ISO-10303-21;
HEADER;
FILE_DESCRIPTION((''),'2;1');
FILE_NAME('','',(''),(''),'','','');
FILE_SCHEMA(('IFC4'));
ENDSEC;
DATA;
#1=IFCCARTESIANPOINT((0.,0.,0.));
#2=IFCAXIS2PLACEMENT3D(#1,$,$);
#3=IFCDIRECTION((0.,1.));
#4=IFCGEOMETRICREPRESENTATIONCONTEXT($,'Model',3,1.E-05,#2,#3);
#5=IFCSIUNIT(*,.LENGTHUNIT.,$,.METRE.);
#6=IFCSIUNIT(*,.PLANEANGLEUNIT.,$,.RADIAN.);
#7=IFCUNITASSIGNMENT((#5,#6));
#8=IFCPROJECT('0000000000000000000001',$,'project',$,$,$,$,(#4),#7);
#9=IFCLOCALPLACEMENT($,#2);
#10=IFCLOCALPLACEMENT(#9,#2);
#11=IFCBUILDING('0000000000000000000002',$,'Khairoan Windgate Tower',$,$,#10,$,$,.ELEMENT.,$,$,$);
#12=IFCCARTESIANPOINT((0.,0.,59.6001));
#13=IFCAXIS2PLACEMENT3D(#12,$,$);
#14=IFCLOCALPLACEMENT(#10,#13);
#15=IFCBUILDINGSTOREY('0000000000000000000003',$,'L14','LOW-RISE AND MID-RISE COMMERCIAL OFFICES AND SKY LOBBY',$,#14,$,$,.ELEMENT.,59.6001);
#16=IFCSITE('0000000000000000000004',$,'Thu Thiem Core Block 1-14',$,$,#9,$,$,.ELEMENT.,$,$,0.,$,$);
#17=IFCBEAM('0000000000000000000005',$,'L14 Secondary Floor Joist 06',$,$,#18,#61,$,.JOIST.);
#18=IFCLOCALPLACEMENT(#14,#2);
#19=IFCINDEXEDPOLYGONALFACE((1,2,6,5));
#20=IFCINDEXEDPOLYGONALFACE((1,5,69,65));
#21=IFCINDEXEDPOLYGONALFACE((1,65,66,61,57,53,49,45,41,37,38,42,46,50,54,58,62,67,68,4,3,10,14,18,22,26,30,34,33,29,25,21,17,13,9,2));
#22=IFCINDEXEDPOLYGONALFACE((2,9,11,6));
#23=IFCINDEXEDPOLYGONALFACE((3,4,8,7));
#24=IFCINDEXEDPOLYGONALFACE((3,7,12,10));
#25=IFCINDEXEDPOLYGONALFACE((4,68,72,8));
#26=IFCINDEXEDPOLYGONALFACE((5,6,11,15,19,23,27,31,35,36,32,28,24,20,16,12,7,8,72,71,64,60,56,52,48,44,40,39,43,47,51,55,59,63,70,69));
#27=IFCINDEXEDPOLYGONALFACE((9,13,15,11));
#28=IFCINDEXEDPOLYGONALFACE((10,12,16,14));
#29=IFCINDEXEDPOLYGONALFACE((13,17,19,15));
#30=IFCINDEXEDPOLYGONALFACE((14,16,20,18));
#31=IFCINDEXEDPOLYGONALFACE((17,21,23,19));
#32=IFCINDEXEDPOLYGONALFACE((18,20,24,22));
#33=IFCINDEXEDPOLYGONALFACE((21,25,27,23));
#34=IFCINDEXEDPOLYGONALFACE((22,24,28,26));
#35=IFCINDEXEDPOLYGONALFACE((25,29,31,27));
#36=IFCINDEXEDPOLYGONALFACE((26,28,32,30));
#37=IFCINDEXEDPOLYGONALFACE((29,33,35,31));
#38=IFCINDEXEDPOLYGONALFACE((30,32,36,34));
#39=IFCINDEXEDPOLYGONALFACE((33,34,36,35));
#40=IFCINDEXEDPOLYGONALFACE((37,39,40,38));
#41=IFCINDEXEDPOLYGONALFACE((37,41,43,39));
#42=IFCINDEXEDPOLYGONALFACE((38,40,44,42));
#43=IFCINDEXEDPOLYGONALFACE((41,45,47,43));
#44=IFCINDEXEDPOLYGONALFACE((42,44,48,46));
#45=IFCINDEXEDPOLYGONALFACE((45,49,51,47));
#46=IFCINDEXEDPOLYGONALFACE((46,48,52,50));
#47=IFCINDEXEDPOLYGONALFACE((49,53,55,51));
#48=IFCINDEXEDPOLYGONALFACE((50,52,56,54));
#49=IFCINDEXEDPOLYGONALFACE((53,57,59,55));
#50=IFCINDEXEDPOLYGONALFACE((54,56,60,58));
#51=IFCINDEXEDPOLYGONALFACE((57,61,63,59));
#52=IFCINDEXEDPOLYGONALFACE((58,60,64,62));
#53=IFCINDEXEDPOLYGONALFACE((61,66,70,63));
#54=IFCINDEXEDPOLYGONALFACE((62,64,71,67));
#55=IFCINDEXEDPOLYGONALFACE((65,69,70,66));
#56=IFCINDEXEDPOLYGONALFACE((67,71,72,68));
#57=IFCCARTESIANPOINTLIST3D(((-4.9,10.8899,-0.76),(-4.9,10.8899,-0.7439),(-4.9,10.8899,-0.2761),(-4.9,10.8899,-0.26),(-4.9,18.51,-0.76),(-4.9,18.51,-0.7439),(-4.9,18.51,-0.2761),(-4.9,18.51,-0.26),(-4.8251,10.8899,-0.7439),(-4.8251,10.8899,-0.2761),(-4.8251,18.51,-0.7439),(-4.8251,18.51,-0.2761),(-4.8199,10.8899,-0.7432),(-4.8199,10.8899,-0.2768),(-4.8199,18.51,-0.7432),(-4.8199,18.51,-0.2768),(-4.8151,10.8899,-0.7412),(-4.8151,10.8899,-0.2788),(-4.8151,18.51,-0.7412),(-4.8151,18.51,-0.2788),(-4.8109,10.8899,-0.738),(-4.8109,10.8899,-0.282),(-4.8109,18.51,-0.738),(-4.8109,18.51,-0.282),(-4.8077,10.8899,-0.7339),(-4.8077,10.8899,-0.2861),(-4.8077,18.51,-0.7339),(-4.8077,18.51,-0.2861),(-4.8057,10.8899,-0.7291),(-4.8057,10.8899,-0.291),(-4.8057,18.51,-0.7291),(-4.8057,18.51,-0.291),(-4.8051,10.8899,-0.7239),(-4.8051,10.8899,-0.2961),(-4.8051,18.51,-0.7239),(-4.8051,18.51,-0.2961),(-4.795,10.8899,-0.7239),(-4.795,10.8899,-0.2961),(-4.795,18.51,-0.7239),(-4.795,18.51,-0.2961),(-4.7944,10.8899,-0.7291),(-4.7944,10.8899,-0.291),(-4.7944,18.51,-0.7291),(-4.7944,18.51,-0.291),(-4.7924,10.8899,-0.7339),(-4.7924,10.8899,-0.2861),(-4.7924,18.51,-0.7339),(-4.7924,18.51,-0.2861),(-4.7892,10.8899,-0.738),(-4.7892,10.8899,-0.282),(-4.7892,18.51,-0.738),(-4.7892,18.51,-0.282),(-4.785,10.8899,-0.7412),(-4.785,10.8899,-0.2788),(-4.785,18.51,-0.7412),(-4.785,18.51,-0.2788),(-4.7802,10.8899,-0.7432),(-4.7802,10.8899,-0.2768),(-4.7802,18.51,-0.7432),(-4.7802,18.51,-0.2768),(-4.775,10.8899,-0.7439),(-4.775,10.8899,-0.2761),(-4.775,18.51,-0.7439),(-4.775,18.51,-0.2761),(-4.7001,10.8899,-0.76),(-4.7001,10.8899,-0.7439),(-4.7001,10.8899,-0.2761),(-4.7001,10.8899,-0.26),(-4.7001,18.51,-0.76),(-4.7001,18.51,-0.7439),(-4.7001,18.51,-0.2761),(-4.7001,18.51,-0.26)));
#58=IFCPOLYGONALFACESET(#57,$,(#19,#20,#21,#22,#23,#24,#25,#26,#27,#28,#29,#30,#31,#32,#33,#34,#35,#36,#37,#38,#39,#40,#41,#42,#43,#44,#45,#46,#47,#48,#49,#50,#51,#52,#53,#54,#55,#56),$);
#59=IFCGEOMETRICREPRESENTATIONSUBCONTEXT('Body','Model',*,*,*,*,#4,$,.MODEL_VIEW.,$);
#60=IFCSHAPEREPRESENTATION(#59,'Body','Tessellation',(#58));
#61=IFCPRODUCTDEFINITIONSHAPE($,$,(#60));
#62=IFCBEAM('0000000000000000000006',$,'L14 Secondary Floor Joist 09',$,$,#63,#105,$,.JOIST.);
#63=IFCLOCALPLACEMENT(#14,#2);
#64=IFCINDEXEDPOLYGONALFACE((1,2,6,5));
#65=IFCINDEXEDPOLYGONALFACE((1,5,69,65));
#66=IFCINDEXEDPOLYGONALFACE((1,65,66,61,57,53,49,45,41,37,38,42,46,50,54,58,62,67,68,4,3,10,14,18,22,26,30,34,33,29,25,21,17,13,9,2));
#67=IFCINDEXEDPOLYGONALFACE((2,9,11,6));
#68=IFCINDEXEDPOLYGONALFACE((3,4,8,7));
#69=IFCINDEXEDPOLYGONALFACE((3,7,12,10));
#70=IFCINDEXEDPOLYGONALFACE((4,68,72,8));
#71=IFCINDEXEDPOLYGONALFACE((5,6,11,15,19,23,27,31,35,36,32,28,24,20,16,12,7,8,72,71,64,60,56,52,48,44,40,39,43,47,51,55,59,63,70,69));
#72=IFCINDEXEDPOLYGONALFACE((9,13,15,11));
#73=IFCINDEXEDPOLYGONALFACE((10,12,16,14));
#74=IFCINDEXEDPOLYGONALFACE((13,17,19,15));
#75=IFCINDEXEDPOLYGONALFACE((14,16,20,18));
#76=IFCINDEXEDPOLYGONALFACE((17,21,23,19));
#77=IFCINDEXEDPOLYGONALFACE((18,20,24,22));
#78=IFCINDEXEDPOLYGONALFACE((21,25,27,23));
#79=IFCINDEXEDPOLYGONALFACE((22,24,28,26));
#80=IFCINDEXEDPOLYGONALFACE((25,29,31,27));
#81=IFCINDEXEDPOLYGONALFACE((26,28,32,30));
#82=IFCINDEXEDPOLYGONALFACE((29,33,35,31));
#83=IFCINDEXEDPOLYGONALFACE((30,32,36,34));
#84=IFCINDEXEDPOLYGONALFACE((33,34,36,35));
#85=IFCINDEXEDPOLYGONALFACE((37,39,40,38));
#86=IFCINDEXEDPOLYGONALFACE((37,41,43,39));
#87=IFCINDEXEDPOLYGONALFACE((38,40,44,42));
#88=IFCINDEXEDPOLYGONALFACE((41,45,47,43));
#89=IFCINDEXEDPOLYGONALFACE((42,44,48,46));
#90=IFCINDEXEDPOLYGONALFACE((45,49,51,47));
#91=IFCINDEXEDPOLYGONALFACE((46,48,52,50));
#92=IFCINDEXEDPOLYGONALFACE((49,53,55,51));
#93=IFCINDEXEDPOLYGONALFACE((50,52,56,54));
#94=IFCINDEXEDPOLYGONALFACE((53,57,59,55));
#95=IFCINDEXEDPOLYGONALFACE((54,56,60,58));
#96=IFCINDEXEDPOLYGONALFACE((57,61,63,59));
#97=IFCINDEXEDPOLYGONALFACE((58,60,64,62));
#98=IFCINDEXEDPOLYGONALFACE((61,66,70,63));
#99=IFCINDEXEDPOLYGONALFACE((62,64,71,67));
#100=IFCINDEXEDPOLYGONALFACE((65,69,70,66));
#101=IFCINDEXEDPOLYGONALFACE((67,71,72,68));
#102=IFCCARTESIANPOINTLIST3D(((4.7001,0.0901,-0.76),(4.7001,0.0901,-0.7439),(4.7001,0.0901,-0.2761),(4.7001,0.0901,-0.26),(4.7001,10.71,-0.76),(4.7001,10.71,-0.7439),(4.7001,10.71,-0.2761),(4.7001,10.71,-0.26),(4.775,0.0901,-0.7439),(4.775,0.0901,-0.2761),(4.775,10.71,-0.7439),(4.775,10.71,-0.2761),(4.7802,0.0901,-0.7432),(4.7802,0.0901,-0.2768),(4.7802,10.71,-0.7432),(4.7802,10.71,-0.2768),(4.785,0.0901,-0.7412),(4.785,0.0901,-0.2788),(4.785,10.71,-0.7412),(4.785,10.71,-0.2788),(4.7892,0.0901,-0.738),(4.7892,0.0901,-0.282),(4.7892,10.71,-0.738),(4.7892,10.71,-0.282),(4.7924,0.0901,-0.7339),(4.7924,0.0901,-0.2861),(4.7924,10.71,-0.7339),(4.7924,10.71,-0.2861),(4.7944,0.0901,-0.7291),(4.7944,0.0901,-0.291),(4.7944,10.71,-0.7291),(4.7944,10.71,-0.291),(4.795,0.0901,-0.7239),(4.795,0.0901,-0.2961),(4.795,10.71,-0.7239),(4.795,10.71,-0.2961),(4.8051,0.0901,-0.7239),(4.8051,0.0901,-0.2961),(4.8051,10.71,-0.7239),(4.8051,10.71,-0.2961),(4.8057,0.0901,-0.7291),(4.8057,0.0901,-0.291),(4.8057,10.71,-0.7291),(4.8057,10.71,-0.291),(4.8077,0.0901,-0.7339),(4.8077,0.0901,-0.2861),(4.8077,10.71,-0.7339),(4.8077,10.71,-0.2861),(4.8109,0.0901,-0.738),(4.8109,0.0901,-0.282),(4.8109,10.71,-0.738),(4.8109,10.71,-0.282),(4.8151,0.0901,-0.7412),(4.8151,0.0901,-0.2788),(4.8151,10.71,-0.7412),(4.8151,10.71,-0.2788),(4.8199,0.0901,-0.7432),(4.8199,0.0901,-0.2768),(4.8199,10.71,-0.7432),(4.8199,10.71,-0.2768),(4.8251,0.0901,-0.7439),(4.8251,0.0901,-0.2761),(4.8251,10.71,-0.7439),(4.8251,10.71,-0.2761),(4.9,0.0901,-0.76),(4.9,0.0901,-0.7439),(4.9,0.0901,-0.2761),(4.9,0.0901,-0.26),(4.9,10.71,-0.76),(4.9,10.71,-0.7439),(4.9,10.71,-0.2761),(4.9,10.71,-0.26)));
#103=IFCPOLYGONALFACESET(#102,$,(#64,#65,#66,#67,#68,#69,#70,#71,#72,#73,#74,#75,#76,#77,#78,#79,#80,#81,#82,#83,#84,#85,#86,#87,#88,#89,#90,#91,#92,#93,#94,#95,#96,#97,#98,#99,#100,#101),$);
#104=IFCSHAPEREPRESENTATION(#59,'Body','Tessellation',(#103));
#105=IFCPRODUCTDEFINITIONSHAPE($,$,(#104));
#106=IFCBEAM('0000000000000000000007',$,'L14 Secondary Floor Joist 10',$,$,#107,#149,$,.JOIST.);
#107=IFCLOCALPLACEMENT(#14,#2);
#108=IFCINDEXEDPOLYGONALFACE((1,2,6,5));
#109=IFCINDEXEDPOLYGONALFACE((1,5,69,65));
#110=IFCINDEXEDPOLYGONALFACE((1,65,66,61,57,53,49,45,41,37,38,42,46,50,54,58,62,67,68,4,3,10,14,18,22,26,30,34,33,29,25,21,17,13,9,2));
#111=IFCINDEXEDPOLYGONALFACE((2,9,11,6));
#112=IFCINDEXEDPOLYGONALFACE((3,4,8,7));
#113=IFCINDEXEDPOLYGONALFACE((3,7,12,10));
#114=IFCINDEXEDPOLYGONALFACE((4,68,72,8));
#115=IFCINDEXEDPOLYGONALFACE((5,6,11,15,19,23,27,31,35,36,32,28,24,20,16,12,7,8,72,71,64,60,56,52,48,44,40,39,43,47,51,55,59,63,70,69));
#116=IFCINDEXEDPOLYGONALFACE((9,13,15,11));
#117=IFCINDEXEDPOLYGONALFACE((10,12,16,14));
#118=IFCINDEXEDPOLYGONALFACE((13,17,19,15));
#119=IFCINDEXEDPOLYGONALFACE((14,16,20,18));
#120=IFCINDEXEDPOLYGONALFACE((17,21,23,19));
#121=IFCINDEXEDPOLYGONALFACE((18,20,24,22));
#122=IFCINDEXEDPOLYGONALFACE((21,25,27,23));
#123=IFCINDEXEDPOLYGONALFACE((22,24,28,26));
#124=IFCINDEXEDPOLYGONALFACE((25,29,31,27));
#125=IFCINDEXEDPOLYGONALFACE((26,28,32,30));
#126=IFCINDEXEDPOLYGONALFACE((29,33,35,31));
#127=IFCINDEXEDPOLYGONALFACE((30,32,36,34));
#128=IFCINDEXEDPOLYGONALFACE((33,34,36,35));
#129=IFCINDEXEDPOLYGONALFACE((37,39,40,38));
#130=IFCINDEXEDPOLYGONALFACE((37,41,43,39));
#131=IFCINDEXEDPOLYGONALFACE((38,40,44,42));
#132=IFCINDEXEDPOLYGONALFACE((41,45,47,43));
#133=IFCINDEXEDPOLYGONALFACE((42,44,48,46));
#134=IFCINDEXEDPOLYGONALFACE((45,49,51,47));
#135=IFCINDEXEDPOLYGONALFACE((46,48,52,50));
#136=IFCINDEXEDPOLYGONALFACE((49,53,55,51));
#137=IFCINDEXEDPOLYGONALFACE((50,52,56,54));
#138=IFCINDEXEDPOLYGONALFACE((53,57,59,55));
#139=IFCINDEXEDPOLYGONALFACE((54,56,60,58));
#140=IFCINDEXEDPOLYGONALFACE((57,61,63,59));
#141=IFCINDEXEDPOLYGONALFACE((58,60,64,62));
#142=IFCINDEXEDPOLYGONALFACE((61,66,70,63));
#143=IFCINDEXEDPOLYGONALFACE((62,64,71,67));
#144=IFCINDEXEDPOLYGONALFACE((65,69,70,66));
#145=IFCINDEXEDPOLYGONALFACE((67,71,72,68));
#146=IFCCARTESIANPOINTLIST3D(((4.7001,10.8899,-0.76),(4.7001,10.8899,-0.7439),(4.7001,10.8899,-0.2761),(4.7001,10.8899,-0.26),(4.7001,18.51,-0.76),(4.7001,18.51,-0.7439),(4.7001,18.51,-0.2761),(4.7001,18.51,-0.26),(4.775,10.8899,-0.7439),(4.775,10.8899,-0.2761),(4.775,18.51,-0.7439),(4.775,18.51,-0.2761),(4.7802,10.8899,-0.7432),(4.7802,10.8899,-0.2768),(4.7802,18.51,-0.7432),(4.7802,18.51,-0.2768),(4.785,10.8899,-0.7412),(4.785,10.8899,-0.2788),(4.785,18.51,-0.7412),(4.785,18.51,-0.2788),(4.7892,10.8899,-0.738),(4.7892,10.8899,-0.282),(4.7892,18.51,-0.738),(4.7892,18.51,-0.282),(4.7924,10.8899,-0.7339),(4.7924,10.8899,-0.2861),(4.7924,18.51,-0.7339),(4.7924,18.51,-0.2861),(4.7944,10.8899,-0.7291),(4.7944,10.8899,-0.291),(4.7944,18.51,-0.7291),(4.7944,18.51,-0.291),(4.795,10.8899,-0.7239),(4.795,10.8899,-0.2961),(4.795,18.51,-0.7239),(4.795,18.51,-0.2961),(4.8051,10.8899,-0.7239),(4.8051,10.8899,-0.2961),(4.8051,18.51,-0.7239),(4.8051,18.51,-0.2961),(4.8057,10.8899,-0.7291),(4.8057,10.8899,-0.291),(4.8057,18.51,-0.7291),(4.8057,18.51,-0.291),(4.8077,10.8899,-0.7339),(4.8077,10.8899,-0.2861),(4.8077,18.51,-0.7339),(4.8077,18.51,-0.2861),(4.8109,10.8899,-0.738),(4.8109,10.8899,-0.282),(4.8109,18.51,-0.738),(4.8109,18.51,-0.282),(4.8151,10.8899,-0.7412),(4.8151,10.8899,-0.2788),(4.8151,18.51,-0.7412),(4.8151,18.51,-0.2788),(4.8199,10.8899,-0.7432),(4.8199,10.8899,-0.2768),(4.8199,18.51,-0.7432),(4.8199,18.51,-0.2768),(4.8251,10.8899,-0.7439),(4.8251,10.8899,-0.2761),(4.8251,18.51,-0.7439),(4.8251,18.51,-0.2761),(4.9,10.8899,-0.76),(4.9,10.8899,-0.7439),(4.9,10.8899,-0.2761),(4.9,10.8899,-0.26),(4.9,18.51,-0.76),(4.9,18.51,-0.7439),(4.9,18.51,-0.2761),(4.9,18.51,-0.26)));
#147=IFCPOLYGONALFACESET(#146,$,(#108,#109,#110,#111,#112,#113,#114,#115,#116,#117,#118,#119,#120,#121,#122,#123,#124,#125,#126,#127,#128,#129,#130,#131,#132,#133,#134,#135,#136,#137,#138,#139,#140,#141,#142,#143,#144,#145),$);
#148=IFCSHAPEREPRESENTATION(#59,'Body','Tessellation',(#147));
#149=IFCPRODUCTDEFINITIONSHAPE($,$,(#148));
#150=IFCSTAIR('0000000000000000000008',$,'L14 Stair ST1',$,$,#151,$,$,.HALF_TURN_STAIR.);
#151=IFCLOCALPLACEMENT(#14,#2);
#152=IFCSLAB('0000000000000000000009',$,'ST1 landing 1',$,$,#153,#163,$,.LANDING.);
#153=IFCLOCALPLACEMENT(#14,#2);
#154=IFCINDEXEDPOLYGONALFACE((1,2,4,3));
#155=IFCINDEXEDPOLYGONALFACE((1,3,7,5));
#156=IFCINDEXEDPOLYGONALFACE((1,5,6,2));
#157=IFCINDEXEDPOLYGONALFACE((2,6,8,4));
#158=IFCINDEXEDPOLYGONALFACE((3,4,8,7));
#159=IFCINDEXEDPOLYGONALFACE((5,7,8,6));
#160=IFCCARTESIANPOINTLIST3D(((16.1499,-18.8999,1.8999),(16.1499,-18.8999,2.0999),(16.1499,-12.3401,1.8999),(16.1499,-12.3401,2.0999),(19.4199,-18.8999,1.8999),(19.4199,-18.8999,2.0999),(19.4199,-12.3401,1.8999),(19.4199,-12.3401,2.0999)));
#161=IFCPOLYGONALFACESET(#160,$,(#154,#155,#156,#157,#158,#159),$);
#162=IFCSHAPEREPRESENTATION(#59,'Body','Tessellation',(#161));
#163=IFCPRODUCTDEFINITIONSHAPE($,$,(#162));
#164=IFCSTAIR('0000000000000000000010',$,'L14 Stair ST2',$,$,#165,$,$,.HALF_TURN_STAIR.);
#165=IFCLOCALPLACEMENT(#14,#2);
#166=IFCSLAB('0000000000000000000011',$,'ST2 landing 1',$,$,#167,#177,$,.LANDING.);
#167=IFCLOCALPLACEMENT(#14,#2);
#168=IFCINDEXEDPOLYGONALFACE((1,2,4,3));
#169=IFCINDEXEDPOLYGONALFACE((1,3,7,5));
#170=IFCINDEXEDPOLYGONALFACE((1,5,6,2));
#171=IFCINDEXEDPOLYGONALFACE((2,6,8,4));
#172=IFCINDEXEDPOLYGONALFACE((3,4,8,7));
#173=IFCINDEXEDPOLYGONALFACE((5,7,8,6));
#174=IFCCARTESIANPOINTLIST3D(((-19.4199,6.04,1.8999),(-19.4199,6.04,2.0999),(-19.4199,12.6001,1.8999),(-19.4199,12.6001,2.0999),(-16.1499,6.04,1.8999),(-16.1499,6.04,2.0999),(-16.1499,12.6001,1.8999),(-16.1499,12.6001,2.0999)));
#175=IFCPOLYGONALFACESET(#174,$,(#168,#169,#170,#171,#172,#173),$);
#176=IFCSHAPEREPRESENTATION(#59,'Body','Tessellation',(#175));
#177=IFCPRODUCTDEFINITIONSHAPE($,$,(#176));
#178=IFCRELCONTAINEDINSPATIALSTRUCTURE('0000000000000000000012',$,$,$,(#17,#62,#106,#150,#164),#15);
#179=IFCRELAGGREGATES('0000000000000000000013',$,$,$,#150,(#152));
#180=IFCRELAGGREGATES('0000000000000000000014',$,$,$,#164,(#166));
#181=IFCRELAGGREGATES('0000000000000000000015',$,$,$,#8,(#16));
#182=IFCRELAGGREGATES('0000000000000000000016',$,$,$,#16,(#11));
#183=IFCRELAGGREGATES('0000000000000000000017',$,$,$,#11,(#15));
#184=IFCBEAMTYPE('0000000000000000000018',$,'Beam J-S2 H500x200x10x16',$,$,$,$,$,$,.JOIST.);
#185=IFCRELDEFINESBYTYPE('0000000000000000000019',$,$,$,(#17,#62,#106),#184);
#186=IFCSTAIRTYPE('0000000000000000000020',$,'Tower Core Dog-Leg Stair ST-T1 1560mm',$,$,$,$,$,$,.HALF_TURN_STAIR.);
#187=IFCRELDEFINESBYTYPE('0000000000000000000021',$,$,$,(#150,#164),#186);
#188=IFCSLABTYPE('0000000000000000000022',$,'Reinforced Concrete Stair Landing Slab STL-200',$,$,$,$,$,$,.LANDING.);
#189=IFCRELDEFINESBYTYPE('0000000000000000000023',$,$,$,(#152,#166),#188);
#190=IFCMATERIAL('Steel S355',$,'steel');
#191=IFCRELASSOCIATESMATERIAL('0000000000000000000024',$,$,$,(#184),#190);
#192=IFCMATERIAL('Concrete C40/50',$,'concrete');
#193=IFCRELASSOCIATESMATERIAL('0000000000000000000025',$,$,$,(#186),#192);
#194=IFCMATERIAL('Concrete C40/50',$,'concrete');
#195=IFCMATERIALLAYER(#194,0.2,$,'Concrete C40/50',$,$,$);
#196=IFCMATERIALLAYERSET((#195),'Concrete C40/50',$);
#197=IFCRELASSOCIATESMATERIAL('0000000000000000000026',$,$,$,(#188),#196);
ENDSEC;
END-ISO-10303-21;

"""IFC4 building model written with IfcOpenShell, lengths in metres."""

from ifc_helpers import new_model, si_unit, direction, frame, origin, origin_2d, place, context, subcontext, project, spatial, polyline, i_section, outline, extrude, material, layer, layer_set, material_profile, profile_set, type_object, element, aggregate, save


model = new_model("IFC4")

# Units and contexts
model_context = context("Model", 3, precision=1e-05, world=origin(), true_north=direction((0.0, 1.0)))
body_context = subcontext(model_context, "Body", "Model", "MODEL_VIEW")
ifc_project = project(units=[si_unit("LENGTHUNIT", "METRE"), si_unit("PLANEANGLEUNIT", "RADIAN")], contexts=[model_context])

# Site, building, storey
site_placement = place(None, origin())
site = spatial("IfcSite", under=ifc_project, at=site_placement, Name="Thu Thiem Core Block 1-14", CompositionType="ELEMENT", RefElevation=0.0)
building_placement = place(site_placement, origin())
building = spatial("IfcBuilding", under=site, at=building_placement, Name="Khairoan Windgate Tower", CompositionType="ELEMENT")
storey_placement = place(building_placement, frame((0.0, 0.0, 59.6001)))
storey = spatial("IfcBuildingStorey", under=building, at=storey_placement, Name="L14", Description="LOW-RISE AND MID-RISE COMMERCIAL OFFICES AND SKY LOBBY", CompositionType="ELEMENT", Elevation=59.6001)

# Beams
ifc_material_1 = material(Name="Steel S355", Category="steel")
ifc_material_profile_1 = material_profile(ifc_material_1, i_section(OverallWidth=0.2, OverallDepth=0.5, WebThickness=0.01, FlangeThickness=0.0161, FilletRadius=0.02, at=origin_2d()))
ifc_profile_set_1 = profile_set([ifc_material_profile_1], Name="Steel S355")
beam_type_1 = type_object("IfcBeamType", Name="Beam J-S2 H500x200x10x16", PredefinedType="JOIST", material=ifc_profile_set_1)
beam_1_placement = place(storey_placement, frame((-4.8, 10.8899, -0.51), z_axis=(0.0, 1.0, 0.0), x_axis=(-1.0, 0.0, 0.0)))
element("IfcBeam", 1, at=beam_1_placement, inside=storey, type_object=beam_type_1, Name="L14 Secondary Floor Joist 06", PredefinedType="JOIST", context=body_context, shape_type="SweptSolid", body=[
    extrude(i_section(OverallWidth=0.2, OverallDepth=0.5, WebThickness=0.01, FlangeThickness=0.0161, FilletRadius=0.02, at=origin_2d()), origin(), (0.0, 0.0, 1.0), 7.6201),
])
beam_2_placement = place(storey_placement, frame((4.8, 0.0901, -0.51), z_axis=(0.0, 1.0, 0.0), x_axis=(-1.0, 0.0, 0.0)))
element("IfcBeam", 2, at=beam_2_placement, inside=storey, type_object=beam_type_1, Name="L14 Secondary Floor Joist 09", PredefinedType="JOIST", context=body_context, shape_type="SweptSolid", body=[
    extrude(i_section(OverallWidth=0.2, OverallDepth=0.5, WebThickness=0.01, FlangeThickness=0.0161, FilletRadius=0.02, at=origin_2d()), origin(), (0.0, 0.0, 1.0), 10.6199),
])
beam_3_placement = place(storey_placement, frame((4.8, 10.8899, -0.51), z_axis=(0.0, 1.0, 0.0), x_axis=(-1.0, 0.0, 0.0)))
element("IfcBeam", 3, at=beam_3_placement, inside=storey, type_object=beam_type_1, Name="L14 Secondary Floor Joist 10", PredefinedType="JOIST", context=body_context, shape_type="SweptSolid", body=[
    extrude(i_section(OverallWidth=0.2, OverallDepth=0.5, WebThickness=0.01, FlangeThickness=0.0161, FilletRadius=0.02, at=origin_2d()), origin(), (0.0, 0.0, 1.0), 7.6201),
])

# Stairs, slabs
ifc_material_2 = material(Name="Concrete C40/50", Category="concrete")
stair_type = type_object("IfcStairType", Name="Tower Core Dog-Leg Stair ST-T1 1560mm", PredefinedType="HALF_TURN_STAIR", material=ifc_material_2)
stair_1_placement = place(storey_placement, origin())
stair_1 = element("IfcStair", 4, at=stair_1_placement, inside=storey, type_object=stair_type, Name="L14 Stair ST1", PredefinedType="HALF_TURN_STAIR")
ifc_material_3 = material(Name="Concrete C40/50", Category="concrete")
ifc_layer_1 = layer(ifc_material_3, 0.2, Name="Concrete C40/50")
ifc_layer_set_1 = layer_set([ifc_layer_1], Name="Concrete C40/50")
slab_type_1 = type_object("IfcSlabType", Name="Reinforced Concrete Stair Landing Slab STL-200", PredefinedType="LANDING", material=ifc_layer_set_1)
slab_1_placement = place(storey_placement, frame((0.0, 0.0, 1.8999)))
slab_1 = element("IfcSlab", 5, at=slab_1_placement, type_object=slab_type_1, Name="ST1 landing 1", PredefinedType="LANDING", context=body_context, shape_type="SweptSolid", body=[
    extrude(outline(polyline([(16.1499, -12.3401), (16.1499, -18.8999), (19.4199, -18.8999), (19.4199, -12.3401), (16.1499, -12.3401)])), origin(), (0.0, 0.0, 1.0), 0.2),
])
aggregate(stair_1, [slab_1])
stair_2_placement = place(storey_placement, origin())
stair_2 = element("IfcStair", 6, at=stair_2_placement, inside=storey, type_object=stair_type, Name="L14 Stair ST2", PredefinedType="HALF_TURN_STAIR")
slab_2_placement = place(storey_placement, frame((0.0, 0.0, 1.8999)))
slab_2 = element("IfcSlab", 7, at=slab_2_placement, type_object=slab_type_1, Name="ST2 landing 1", PredefinedType="LANDING", context=body_context, shape_type="SweptSolid", body=[
    extrude(outline(polyline([(-16.1499, 6.04), (-16.1499, 12.6001), (-19.4199, 12.6001), (-19.4199, 6.04), (-16.1499, 6.04)])), origin(), (0.0, 0.0, 1.0), 0.2),
])
aggregate(stair_2, [slab_2])

save(model, "model.ifc")
